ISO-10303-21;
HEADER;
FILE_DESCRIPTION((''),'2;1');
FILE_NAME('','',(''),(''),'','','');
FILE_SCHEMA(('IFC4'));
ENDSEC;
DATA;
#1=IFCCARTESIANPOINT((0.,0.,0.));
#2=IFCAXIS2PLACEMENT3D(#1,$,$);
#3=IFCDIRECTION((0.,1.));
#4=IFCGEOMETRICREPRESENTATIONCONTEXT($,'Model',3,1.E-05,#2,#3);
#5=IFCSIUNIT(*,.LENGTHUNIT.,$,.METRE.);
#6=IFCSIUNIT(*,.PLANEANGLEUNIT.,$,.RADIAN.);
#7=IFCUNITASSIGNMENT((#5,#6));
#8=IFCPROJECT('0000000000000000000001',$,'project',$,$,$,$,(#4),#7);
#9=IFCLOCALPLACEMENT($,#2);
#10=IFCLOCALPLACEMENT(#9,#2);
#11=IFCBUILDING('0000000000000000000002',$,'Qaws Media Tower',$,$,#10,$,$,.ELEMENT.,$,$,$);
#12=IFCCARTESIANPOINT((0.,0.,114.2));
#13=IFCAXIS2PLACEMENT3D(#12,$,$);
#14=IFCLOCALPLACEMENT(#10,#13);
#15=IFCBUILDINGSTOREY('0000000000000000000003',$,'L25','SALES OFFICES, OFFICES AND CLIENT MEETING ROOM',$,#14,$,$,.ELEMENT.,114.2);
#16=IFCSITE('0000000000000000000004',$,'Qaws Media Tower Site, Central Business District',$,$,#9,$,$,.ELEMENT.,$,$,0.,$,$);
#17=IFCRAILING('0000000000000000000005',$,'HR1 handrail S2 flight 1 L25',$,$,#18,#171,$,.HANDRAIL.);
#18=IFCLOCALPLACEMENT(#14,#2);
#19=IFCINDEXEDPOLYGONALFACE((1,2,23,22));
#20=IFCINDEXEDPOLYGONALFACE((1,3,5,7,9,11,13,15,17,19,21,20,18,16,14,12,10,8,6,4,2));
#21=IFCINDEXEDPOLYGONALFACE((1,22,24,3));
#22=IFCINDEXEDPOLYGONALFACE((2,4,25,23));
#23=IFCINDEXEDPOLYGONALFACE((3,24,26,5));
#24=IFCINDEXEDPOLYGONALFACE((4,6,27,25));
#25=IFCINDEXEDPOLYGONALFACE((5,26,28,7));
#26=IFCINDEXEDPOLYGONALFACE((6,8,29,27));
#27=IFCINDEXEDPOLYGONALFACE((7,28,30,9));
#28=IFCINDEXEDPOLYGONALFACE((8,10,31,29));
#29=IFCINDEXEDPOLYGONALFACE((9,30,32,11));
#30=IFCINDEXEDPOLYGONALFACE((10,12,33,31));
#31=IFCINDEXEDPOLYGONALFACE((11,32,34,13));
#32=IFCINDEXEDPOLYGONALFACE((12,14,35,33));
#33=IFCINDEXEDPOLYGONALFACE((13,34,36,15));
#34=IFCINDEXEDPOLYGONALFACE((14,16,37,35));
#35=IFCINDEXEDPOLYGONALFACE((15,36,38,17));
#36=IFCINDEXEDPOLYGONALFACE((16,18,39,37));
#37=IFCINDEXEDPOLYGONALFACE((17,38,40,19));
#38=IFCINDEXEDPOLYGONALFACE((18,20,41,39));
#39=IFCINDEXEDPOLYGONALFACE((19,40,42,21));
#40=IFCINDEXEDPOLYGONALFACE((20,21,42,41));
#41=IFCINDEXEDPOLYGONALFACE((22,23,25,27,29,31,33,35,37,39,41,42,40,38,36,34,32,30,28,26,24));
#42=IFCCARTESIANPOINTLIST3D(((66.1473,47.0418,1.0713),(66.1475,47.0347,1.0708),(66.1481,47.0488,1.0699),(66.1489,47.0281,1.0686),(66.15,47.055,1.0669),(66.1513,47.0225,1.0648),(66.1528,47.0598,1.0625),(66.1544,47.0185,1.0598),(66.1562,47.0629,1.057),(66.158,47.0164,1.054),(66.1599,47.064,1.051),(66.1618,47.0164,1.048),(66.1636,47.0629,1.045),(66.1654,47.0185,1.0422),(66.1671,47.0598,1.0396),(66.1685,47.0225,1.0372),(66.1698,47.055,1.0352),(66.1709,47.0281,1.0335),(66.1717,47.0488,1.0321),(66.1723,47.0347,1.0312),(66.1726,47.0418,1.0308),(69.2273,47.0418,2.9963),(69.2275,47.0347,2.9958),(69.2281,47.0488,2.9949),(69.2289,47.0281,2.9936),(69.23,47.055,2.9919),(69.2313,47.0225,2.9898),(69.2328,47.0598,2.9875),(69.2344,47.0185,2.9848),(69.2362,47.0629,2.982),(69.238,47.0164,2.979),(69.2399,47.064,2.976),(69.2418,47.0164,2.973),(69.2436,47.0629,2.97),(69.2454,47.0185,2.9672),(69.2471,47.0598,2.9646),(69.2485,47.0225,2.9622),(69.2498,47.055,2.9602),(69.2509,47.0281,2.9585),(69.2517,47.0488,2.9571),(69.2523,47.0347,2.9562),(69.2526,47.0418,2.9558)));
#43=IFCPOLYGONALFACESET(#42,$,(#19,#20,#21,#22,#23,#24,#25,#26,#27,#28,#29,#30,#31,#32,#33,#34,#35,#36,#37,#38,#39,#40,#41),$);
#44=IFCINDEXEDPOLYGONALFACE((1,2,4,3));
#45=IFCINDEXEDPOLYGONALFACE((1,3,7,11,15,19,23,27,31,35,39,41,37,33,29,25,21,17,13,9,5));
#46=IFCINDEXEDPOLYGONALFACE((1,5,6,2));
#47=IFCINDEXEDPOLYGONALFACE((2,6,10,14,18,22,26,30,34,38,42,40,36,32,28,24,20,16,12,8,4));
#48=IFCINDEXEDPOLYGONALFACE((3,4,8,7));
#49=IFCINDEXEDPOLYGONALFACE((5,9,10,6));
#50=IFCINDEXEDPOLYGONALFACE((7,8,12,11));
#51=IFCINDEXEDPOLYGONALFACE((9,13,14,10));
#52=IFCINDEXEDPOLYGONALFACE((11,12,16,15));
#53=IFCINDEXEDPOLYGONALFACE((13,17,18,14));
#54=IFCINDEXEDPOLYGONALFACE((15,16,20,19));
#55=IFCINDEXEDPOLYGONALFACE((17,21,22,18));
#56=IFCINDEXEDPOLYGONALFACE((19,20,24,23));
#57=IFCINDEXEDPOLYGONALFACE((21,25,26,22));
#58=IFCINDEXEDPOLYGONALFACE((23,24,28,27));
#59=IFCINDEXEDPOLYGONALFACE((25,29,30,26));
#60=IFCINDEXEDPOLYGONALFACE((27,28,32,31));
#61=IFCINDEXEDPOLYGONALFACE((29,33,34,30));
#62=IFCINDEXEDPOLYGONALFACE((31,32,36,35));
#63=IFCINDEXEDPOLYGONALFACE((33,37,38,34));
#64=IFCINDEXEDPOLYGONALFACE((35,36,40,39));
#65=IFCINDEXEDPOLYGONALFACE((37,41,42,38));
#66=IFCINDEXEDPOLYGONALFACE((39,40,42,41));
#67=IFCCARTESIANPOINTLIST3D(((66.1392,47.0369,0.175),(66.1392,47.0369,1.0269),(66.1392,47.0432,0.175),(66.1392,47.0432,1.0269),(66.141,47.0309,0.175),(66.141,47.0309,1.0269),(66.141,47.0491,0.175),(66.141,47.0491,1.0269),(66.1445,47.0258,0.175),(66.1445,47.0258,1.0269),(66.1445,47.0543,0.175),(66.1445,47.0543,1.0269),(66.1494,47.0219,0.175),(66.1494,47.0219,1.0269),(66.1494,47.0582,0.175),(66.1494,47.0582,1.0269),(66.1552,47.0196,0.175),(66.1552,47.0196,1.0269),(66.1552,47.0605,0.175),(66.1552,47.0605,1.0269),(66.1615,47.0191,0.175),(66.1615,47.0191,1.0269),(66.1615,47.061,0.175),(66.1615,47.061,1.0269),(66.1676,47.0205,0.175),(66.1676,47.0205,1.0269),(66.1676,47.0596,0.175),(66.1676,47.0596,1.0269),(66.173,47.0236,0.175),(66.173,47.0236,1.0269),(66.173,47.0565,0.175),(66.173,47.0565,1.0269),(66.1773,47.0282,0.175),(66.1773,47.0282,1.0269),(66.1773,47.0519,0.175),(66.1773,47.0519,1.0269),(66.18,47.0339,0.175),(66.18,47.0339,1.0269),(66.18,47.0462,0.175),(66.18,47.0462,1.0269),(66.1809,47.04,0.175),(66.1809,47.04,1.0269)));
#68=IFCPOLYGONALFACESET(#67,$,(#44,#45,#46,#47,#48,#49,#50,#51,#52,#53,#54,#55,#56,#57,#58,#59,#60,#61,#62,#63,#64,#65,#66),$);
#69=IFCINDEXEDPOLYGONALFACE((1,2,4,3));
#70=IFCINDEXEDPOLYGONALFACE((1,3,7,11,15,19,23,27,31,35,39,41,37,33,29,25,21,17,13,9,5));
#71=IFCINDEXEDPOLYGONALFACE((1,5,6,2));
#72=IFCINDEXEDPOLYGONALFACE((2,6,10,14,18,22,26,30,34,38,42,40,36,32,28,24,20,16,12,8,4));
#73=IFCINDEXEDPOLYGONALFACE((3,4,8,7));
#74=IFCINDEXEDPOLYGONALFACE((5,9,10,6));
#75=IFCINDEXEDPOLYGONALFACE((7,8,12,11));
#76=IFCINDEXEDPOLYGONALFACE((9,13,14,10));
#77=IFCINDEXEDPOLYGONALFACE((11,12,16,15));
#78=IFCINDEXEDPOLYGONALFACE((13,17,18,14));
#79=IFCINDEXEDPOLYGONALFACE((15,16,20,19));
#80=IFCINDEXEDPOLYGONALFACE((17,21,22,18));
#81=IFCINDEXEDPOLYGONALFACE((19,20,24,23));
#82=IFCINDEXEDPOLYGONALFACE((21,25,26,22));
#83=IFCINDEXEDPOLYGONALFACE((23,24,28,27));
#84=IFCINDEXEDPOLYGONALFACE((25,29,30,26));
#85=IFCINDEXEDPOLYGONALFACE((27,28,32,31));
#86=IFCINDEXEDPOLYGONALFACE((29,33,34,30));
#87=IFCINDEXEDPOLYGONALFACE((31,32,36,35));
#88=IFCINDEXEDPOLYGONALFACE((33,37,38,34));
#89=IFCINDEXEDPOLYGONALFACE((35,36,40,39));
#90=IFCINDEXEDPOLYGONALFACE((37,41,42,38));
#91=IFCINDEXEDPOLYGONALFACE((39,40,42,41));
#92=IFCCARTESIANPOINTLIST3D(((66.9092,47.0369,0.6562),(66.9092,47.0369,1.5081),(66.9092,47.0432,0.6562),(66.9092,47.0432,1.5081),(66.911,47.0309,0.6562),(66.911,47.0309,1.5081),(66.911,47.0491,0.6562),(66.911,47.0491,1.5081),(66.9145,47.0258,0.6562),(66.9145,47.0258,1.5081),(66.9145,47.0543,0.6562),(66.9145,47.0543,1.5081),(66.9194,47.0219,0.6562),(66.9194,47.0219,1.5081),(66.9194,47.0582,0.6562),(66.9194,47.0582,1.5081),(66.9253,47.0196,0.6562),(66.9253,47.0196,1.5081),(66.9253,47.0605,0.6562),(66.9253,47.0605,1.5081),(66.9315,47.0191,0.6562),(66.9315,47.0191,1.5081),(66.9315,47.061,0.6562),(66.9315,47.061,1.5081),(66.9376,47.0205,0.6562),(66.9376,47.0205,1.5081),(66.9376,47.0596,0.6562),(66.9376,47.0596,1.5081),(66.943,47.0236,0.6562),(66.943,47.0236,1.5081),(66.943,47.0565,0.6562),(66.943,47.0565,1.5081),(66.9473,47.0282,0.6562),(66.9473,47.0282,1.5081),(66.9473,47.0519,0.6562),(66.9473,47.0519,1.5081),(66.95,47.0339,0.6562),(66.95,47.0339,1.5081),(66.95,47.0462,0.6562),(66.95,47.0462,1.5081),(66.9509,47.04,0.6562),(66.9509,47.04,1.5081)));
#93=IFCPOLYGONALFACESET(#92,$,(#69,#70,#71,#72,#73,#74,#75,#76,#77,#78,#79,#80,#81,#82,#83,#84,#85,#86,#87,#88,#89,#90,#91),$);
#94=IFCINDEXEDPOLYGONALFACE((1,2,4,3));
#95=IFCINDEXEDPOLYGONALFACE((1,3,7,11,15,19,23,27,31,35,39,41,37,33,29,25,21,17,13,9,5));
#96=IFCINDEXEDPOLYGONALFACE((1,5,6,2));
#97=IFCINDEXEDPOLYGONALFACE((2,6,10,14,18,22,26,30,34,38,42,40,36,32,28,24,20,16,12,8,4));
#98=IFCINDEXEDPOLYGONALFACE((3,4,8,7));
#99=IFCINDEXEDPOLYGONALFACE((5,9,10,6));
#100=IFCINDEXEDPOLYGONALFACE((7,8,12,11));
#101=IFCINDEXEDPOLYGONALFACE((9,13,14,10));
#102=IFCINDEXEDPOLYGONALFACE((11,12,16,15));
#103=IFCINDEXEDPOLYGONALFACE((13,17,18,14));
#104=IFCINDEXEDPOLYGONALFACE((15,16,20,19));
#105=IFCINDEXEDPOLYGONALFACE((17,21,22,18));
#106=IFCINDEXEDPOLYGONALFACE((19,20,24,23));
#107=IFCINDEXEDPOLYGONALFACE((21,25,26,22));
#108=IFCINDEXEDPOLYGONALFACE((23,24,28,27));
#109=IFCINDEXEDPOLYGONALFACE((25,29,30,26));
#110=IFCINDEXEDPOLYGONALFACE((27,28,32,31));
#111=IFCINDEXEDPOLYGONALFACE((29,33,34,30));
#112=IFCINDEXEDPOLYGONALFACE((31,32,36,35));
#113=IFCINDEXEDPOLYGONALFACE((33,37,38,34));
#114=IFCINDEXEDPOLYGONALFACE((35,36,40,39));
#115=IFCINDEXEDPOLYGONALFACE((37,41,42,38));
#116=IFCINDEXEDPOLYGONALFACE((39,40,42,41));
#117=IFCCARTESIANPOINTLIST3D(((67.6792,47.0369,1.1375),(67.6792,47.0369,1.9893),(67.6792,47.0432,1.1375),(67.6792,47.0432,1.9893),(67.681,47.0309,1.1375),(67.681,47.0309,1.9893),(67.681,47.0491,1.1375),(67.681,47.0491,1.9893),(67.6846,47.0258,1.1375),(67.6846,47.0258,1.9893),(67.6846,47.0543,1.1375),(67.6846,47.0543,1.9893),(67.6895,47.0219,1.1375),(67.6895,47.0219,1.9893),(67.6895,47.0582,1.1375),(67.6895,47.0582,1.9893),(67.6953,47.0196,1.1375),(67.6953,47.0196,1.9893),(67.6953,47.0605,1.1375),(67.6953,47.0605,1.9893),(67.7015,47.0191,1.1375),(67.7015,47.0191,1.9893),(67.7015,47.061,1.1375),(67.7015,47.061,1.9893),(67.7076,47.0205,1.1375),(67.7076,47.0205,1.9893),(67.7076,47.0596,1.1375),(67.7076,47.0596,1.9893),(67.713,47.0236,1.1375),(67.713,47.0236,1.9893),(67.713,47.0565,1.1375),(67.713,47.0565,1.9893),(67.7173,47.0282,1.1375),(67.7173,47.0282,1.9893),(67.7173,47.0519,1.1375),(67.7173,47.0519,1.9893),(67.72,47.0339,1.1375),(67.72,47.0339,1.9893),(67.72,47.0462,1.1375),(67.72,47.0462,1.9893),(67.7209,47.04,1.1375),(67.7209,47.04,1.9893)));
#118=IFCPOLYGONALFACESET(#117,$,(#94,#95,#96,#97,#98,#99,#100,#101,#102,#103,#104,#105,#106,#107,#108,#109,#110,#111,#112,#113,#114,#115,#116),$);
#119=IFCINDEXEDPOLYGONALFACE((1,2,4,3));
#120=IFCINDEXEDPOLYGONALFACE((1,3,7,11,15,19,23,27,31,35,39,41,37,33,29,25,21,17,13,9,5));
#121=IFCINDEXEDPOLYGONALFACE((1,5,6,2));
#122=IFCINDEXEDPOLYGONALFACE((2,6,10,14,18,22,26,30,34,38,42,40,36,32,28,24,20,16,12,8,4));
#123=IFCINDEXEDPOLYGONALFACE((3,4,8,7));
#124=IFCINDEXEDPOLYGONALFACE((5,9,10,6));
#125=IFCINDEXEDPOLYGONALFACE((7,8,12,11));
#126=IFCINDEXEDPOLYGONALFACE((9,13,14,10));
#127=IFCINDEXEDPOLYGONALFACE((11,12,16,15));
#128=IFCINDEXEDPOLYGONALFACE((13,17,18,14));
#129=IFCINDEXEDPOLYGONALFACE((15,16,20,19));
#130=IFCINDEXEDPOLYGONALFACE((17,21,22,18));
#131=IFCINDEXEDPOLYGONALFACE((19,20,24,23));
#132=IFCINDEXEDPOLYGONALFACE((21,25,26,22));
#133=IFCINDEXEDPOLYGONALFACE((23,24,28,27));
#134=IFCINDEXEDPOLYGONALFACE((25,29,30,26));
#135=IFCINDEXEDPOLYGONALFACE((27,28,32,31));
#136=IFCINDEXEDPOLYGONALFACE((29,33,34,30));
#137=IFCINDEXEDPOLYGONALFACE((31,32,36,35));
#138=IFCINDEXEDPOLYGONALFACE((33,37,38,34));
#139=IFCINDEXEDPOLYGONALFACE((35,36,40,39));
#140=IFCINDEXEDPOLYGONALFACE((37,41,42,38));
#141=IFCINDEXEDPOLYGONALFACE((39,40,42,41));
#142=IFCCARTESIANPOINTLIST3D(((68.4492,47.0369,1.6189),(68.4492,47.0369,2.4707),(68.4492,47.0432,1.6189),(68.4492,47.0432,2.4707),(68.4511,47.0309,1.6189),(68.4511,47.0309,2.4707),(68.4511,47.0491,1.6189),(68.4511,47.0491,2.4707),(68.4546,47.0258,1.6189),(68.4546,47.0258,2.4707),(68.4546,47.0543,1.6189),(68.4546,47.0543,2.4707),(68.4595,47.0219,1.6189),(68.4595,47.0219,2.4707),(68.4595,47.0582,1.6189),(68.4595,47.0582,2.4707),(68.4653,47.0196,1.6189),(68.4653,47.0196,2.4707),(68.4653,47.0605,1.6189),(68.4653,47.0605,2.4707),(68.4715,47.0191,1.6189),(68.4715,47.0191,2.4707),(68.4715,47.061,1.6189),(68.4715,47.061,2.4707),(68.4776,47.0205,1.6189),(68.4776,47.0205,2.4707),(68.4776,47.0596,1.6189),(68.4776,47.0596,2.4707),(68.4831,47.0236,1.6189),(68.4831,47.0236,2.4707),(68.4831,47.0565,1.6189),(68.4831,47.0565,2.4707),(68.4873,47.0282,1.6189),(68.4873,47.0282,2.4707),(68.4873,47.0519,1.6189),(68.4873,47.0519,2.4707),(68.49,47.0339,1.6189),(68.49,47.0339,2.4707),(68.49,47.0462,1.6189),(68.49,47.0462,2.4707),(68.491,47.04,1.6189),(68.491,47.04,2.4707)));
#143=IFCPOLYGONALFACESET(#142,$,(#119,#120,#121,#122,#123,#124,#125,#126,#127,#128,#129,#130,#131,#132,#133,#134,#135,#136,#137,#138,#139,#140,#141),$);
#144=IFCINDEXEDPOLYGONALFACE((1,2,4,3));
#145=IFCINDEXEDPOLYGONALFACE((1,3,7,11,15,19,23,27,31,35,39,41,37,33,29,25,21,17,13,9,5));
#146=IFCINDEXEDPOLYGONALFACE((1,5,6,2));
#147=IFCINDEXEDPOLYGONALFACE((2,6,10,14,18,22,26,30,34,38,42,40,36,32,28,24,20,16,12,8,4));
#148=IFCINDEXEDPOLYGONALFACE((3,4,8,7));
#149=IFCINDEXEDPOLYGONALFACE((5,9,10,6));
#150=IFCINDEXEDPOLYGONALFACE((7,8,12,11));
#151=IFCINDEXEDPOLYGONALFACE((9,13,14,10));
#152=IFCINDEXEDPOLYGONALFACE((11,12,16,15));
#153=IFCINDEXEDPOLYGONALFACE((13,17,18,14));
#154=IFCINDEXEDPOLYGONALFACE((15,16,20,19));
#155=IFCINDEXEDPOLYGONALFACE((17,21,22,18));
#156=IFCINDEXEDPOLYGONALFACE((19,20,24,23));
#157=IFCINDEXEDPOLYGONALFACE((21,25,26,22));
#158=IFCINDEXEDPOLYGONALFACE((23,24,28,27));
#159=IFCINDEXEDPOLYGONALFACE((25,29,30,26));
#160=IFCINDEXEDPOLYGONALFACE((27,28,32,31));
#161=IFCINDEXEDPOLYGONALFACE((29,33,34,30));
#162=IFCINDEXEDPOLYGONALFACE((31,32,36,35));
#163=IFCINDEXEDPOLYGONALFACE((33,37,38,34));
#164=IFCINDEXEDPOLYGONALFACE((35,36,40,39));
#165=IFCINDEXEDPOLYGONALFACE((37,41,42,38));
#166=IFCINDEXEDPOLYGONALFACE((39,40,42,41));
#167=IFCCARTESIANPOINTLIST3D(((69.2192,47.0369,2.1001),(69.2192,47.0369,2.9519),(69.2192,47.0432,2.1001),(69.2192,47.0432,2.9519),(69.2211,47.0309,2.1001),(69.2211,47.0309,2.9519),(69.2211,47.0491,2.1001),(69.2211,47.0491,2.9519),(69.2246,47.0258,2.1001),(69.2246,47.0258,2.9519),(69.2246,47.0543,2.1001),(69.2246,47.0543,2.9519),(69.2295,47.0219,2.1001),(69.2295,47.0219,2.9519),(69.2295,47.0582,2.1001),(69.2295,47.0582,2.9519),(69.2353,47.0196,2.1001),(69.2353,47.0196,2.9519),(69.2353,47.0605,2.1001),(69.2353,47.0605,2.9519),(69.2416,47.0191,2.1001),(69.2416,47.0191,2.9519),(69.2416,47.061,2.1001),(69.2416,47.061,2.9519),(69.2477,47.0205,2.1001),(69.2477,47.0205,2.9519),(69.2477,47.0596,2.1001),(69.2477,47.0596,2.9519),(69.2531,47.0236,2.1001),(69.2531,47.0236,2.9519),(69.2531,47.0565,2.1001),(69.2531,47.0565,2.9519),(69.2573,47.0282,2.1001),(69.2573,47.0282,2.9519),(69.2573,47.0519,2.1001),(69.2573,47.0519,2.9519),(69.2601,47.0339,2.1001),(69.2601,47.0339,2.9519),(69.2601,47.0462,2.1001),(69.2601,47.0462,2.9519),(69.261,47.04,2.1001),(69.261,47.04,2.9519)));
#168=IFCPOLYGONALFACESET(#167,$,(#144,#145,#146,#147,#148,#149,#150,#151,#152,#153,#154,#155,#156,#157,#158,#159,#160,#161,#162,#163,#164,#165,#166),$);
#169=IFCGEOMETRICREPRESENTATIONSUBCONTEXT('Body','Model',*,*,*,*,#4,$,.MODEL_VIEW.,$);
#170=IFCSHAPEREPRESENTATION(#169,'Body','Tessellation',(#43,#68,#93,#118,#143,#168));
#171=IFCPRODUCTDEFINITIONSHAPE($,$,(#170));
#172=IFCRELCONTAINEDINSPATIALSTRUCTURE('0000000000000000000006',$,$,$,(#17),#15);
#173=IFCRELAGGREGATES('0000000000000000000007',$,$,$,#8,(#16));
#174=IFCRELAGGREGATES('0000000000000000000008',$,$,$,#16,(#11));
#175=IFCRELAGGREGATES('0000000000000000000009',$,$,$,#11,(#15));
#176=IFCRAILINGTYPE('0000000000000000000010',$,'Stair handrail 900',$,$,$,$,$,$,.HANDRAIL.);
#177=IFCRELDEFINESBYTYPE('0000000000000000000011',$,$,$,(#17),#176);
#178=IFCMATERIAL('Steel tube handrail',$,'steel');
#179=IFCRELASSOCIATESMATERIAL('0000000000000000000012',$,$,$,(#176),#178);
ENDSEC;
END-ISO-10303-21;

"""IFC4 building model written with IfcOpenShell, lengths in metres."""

from ifc_helpers import new_model, si_unit, direction, frame, origin, origin_2d, place, context, subcontext, project, spatial, circle, extrude, material, type_object, element, save


model = new_model("IFC4")

# Units and contexts
model_context = context("Model", 3, precision=1e-05, world=origin(), true_north=direction((0.0, 1.0)))
body_context = subcontext(model_context, "Body", "Model", "MODEL_VIEW")
ifc_project = project(units=[si_unit("LENGTHUNIT", "METRE"), si_unit("PLANEANGLEUNIT", "RADIAN")], contexts=[model_context])

# Site, building, storey
site_placement = place(None, origin())
site = spatial("IfcSite", under=ifc_project, at=site_placement, Name="Qaws Media Tower Site, Central Business District", CompositionType="ELEMENT", RefElevation=0.0)
building_placement = place(site_placement, origin())
building = spatial("IfcBuilding", under=site, at=building_placement, Name="Qaws Media Tower", CompositionType="ELEMENT")
storey_placement = place(building_placement, frame((0.0, 0.0, 114.2)))
storey = spatial("IfcBuildingStorey", under=building, at=storey_placement, Name="L25", Description="SALES OFFICES, OFFICES AND CLIENT MEETING ROOM", CompositionType="ELEMENT", Elevation=114.2)

# Railing
ifc_material_1 = material(Name="Steel tube handrail", Category="steel")
railing_type = type_object("IfcRailingType", Name="Stair handrail 900", PredefinedType="HANDRAIL", material=ifc_material_1)
for number, where, name in (
    (1, (66.1599, 47.04, 0.175), "HR1 handrail S2 flight 1 L25"),
):
    element("IfcRailing", number, at=place(storey_placement, frame(where)), inside=storey, type_object=railing_type, Name=name, PredefinedType="HANDRAIL", context=body_context, shape_type="SweptSolid", body=[
        extrude(circle(Radius=0.0239, at=origin_2d()), frame((0.0, 0.0, 0.876), z_axis=(0.847998, 0.0, 0.529999), x_axis=(0.0, 1.0, 0.0)), (0.0, 0.0, 1.0), 3.6321),
        extrude(circle(Radius=0.021, at=origin_2d()), origin(), (0.0, 0.0, 1.0), 0.8518),
        extrude(circle(Radius=0.021, at=origin_2d()), frame((0.77, 0.0, 0.4812)), (0.0, 0.0, 1.0), 0.8518),
        extrude(circle(Radius=0.021, at=origin_2d()), frame((1.54, 0.0, 0.9624)), (0.0, 0.0, 1.0), 0.8518),
        extrude(circle(Radius=0.021, at=origin_2d()), frame((2.3101, 0.0, 1.4438)), (0.0, 0.0, 1.0), 0.8518),
        extrude(circle(Radius=0.021, at=origin_2d()), frame((3.0801, 0.0, 1.925)), (0.0, 0.0, 1.0), 0.8518),
    ])

save(model, "model.ifc")
